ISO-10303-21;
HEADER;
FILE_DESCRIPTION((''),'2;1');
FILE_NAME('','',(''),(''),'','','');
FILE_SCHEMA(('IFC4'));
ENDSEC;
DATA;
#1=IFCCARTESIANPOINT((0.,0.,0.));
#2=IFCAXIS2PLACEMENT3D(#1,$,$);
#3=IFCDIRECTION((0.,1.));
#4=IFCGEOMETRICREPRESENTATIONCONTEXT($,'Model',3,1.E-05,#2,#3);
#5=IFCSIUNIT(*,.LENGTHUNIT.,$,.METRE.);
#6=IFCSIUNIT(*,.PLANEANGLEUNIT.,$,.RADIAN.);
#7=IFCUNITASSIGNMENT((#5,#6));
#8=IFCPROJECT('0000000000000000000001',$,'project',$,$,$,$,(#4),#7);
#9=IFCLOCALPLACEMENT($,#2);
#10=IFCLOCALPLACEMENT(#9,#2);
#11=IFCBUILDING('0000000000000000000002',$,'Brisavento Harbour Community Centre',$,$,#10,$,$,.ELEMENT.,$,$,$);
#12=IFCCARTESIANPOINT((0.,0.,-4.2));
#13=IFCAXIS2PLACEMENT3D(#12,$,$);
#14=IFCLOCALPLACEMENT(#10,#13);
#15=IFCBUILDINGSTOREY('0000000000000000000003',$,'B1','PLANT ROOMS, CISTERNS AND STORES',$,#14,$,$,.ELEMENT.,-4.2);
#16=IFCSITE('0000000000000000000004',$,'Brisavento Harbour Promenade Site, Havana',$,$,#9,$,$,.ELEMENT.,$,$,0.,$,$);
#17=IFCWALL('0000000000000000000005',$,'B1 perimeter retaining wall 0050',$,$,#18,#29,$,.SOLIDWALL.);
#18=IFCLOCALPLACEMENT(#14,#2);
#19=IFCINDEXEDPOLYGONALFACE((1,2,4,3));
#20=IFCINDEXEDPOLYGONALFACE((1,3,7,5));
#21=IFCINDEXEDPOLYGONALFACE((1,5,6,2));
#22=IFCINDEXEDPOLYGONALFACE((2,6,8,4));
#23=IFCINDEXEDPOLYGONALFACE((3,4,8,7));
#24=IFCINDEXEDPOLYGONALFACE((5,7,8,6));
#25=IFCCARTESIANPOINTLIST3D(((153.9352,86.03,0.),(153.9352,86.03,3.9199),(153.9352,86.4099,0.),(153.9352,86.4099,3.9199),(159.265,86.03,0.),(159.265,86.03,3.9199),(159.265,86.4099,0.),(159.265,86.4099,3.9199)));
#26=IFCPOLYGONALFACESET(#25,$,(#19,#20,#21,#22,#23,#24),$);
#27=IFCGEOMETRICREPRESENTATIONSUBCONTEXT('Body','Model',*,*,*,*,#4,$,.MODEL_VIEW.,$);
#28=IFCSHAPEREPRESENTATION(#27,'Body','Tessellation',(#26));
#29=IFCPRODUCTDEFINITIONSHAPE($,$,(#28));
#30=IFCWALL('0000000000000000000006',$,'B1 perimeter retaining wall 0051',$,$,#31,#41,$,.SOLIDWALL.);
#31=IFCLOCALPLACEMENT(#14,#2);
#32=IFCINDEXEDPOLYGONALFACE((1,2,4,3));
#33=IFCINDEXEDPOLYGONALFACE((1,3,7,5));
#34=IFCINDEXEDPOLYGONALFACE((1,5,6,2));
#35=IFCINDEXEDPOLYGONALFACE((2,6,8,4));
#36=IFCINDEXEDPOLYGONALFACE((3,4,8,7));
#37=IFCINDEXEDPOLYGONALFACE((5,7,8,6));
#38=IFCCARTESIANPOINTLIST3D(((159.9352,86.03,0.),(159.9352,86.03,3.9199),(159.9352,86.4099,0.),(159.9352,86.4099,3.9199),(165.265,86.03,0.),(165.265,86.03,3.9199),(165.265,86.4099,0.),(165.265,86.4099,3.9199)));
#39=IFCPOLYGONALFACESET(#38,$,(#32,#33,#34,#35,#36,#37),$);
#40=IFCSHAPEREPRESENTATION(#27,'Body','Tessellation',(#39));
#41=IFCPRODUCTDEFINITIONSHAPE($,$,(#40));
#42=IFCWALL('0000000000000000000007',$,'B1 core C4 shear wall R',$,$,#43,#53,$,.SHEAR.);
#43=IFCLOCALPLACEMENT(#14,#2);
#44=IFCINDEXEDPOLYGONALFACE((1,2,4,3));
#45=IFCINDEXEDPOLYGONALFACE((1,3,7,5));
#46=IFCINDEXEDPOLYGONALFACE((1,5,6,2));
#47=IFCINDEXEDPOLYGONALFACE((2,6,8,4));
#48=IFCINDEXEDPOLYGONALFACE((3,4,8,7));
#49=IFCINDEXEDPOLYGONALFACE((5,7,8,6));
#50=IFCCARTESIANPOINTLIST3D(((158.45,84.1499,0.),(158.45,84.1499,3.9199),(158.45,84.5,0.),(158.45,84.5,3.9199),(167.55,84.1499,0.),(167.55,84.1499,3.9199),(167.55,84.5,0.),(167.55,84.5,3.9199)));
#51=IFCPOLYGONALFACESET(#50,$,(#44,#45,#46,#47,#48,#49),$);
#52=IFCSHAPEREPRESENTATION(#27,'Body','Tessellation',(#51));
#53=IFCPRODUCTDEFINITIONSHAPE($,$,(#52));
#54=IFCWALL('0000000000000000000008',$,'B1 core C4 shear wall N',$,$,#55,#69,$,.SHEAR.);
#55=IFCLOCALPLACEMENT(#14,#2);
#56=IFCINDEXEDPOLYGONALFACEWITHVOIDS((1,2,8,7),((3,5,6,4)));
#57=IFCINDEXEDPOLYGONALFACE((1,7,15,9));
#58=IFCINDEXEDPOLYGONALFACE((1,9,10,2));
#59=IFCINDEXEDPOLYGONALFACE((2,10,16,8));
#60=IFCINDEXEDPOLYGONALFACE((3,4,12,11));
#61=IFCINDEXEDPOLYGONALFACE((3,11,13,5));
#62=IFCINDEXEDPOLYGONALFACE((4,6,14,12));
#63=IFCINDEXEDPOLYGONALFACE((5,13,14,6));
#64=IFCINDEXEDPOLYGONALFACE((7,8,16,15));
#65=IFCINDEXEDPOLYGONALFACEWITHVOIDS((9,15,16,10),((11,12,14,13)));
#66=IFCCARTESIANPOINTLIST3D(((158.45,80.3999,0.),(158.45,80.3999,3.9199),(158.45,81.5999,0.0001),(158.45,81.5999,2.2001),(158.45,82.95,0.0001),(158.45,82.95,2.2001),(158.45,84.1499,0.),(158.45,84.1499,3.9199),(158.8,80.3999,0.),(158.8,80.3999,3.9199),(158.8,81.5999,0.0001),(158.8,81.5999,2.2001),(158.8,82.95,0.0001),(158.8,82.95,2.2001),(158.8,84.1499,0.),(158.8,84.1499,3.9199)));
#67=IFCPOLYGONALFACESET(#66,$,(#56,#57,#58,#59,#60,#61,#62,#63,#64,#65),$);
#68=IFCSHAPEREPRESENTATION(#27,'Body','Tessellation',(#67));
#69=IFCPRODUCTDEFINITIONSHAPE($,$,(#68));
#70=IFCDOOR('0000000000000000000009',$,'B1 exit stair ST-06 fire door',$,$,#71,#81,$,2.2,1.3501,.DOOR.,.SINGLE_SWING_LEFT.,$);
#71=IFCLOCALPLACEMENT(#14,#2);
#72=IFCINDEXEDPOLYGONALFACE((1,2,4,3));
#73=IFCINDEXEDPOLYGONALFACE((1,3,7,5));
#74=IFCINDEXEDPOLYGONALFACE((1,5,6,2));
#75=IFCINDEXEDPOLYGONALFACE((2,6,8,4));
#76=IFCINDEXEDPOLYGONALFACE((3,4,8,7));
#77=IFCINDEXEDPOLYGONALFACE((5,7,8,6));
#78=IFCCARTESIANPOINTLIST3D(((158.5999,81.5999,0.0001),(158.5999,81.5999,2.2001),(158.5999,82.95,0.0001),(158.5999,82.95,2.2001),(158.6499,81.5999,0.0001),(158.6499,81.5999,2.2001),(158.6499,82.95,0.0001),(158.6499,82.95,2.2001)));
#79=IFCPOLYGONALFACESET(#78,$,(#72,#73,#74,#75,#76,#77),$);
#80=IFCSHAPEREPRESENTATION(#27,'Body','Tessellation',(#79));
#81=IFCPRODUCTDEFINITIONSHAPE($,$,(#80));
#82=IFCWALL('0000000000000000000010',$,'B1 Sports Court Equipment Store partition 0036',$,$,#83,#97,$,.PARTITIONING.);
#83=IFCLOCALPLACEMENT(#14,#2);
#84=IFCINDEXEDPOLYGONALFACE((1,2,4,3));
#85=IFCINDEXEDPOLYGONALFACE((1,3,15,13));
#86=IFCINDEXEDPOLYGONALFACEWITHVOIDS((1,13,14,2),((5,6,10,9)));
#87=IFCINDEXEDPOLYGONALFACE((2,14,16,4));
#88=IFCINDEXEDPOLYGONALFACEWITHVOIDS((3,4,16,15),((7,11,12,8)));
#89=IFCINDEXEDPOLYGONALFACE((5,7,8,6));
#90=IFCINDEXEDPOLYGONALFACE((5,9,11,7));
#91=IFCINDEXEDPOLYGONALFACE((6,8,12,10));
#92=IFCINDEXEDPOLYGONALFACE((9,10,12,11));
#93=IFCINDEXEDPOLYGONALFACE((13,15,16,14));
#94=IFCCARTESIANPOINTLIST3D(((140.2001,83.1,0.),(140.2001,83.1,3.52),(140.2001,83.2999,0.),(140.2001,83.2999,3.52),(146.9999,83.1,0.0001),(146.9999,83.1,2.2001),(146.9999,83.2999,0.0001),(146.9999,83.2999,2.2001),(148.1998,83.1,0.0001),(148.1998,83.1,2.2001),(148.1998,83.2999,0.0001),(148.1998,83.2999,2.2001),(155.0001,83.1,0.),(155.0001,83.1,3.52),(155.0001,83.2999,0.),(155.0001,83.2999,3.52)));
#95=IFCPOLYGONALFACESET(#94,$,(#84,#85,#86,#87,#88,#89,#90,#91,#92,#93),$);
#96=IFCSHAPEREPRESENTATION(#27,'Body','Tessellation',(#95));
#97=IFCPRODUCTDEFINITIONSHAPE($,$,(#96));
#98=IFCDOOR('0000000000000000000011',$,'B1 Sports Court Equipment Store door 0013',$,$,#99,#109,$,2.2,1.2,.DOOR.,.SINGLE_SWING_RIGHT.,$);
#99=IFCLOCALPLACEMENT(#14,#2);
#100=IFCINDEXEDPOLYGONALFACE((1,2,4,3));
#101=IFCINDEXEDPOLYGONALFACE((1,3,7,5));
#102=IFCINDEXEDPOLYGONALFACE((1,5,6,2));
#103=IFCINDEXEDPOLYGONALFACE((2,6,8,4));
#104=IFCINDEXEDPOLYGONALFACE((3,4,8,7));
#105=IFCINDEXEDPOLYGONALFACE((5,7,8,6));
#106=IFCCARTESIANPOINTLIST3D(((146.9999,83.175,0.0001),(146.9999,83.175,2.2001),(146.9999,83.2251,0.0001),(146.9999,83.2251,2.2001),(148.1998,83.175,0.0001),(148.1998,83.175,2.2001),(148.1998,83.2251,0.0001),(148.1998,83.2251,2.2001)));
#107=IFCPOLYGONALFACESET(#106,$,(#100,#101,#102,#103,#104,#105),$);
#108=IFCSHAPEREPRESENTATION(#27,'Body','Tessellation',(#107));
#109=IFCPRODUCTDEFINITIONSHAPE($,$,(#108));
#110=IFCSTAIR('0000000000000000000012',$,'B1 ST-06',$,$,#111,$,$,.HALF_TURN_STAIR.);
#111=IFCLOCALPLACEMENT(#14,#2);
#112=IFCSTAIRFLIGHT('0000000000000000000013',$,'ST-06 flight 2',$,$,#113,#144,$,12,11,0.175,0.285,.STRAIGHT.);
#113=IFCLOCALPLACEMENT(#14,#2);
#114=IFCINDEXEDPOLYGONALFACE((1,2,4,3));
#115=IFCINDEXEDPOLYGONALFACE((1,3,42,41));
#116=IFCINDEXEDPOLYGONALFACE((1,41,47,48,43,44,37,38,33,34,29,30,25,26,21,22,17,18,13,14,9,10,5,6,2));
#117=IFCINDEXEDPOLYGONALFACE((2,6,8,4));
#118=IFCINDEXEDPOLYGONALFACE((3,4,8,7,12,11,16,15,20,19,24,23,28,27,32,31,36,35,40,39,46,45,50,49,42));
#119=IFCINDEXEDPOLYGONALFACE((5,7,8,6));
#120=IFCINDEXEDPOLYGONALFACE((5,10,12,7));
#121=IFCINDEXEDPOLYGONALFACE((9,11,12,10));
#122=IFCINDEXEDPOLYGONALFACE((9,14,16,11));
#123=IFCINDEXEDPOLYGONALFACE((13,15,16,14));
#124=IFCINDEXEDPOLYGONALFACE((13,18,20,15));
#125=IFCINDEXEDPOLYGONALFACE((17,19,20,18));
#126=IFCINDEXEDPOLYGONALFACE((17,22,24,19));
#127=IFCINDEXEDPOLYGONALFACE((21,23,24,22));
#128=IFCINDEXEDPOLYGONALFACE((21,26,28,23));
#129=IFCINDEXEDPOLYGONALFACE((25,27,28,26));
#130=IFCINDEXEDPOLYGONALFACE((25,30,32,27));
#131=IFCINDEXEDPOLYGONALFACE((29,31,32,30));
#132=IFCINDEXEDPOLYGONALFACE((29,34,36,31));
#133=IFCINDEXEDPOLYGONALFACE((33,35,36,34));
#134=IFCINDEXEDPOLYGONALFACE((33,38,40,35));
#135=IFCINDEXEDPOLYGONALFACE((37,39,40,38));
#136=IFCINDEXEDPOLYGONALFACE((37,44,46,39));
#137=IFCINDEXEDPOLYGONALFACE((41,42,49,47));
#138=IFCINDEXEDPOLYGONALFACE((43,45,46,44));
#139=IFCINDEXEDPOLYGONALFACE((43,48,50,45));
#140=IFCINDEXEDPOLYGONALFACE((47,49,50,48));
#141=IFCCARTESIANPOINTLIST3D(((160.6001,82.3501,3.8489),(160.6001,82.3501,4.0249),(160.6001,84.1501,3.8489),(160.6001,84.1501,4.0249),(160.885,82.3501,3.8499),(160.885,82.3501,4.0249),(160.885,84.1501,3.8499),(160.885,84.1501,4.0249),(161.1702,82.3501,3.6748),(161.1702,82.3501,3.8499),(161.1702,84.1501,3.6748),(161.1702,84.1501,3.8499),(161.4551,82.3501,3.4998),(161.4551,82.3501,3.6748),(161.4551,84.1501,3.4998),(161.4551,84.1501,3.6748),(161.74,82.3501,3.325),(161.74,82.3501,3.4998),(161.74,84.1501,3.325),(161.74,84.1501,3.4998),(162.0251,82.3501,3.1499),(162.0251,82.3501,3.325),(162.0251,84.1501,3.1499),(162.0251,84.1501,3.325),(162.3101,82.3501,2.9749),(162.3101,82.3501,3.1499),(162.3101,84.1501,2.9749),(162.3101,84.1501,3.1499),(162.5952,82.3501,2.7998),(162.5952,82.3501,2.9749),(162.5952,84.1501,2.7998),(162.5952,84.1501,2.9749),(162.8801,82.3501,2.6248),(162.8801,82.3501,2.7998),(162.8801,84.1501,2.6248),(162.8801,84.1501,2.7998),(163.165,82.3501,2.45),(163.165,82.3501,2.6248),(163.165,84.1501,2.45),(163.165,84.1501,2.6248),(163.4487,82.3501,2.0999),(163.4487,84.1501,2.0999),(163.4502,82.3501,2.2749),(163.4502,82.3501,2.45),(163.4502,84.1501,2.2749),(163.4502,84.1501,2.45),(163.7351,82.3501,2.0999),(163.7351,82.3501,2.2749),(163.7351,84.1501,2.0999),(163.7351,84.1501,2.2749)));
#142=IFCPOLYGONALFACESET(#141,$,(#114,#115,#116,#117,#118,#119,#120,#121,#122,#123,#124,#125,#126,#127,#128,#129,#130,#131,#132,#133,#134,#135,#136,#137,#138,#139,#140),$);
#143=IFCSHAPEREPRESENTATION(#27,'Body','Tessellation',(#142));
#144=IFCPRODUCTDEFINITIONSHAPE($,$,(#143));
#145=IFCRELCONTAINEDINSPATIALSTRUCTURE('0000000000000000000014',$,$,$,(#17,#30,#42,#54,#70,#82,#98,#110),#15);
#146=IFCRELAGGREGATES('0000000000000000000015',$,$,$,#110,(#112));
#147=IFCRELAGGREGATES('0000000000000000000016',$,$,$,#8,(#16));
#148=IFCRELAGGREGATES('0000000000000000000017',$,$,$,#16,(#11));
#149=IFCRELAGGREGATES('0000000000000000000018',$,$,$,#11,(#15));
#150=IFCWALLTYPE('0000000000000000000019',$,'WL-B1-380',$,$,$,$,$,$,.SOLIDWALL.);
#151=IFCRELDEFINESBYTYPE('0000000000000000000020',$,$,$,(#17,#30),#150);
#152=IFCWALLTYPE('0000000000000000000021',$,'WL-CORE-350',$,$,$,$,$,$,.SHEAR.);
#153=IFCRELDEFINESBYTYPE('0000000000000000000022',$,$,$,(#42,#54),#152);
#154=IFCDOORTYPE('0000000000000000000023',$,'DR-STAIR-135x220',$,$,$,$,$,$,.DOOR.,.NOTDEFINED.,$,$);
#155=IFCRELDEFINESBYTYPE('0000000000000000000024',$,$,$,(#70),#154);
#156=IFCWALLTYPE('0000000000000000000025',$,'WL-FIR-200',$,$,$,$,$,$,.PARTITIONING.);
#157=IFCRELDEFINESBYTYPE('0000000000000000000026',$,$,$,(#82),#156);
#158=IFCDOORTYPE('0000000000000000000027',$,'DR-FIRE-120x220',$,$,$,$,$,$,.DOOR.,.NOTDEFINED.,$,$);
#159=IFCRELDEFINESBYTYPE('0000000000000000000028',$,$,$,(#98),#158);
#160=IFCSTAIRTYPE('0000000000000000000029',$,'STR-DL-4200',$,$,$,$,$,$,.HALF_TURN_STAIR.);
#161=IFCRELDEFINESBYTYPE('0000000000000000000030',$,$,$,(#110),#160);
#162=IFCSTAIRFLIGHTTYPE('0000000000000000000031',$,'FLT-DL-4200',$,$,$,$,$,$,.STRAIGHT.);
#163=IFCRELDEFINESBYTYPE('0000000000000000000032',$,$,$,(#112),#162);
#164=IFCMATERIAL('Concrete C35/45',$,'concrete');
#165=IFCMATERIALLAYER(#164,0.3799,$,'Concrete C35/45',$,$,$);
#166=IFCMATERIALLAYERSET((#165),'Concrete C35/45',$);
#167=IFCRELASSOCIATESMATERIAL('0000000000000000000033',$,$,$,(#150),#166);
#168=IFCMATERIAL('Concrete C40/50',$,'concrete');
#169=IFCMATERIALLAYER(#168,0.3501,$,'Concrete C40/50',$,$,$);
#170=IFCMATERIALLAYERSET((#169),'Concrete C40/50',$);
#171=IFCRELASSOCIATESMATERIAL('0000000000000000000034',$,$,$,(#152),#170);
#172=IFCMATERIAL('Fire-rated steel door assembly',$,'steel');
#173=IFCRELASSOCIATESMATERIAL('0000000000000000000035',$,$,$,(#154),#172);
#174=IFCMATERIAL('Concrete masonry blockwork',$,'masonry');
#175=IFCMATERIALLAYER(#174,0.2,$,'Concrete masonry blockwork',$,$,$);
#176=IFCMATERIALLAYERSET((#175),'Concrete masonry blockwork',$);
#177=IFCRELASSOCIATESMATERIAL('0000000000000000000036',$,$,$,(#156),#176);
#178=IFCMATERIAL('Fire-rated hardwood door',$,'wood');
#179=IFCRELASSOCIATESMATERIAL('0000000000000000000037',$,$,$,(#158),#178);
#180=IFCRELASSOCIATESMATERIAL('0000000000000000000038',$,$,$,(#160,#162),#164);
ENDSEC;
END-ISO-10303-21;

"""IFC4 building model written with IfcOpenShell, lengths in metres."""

from ifc_helpers import new_model, si_unit, direction, frame, frame_2d, origin, place, context, subcontext, project, spatial, polyline, rectangle, outline, extrude, material, layer, layer_set, type_object, element, fill, aggregate, save


model = new_model("IFC4")

# Units and contexts
model_context = context("Model", 3, precision=1e-05, world=origin(), true_north=direction((0.0, 1.0)))
body_context = subcontext(model_context, "Body", "Model", "MODEL_VIEW")
ifc_project = project(units=[si_unit("LENGTHUNIT", "METRE"), si_unit("PLANEANGLEUNIT", "RADIAN")], contexts=[model_context])

# Site, building, storey
site_placement = place(None, origin())
site = spatial("IfcSite", under=ifc_project, at=site_placement, Name="Brisavento Harbour Promenade Site, Havana", CompositionType="ELEMENT", RefElevation=0.0)
building_placement = place(site_placement, origin())
building = spatial("IfcBuilding", under=site, at=building_placement, Name="Brisavento Harbour Community Centre", CompositionType="ELEMENT")
storey_placement = place(building_placement, frame((0.0, 0.0, -4.2)))
storey = spatial("IfcBuildingStorey", under=building, at=storey_placement, Name="B1", Description="PLANT ROOMS, CISTERNS AND STORES", CompositionType="ELEMENT", Elevation=-4.2)

# Shared definitions
ifc_material_1 = material(Name="Concrete C35/45", Category="concrete")

# Shared definitions
ifc_material_2 = material(Name="Concrete C40/50", Category="concrete")

# Walls
ifc_layer_1 = layer(ifc_material_1, 0.3799, Name="Concrete C35/45")
ifc_layer_set_1 = layer_set([ifc_layer_1], Name="Concrete C35/45")
wall_type_1 = type_object("IfcWallType", Name="WL-B1-380", PredefinedType="SOLIDWALL", material=ifc_layer_set_1)
for number, where, z_axis, x_axis, name in (
    (1, (153.9351, 86.22, 0.0), (0.0, 0.0, 1.0), (1.0, 0.0, 0.0), "B1 perimeter retaining wall 0050"),
    (2, (159.9351, 86.22, 0.0), (0.0, 0.0, 1.0), (1.0, 0.0, 0.0), "B1 perimeter retaining wall 0051"),
):
    element("IfcWall", number, at=place(storey_placement, frame(where, z_axis=z_axis, x_axis=x_axis)), inside=storey, type_object=wall_type_1, Name=name, PredefinedType="SOLIDWALL", context=body_context, shape_type="SweptSolid", body=[
        extrude(rectangle(XDim=5.3298, YDim=0.3799, at=frame_2d((2.665, 0.0))), origin(), (0.0, 0.0, 1.0), 3.9199),
    ])
ifc_layer_2 = layer(ifc_material_2, 0.3501, Name="Concrete C40/50")
ifc_layer_set_2 = layer_set([ifc_layer_2], Name="Concrete C40/50")
wall_type_2 = type_object("IfcWallType", Name="WL-CORE-350", PredefinedType="SHEAR", material=ifc_layer_set_2)
wall_1_placement = place(storey_placement, frame((167.55, 84.325, 0.0), z_axis=(0.0, 0.0, 1.0), x_axis=(-1.0, 0.0, 0.0)))
element("IfcWall", 3, at=wall_1_placement, inside=storey, type_object=wall_type_2, Name="B1 core C4 shear wall R", PredefinedType="SHEAR", context=body_context, shape_type="SweptSolid", body=[
    extrude(rectangle(XDim=9.1001, YDim=0.3501, at=frame_2d((4.55, 0.0))), origin(), (0.0, 0.0, 1.0), 3.9199),
])

# Walls, openings, doors
wall_2_placement = place(storey_placement, frame((158.625, 84.1499, 0.0), z_axis=(0.0, 0.0, 1.0), x_axis=(0.0, -1.0, 0.0)))
wall_2 = element("IfcWall", 4, at=wall_2_placement, inside=storey, type_object=wall_type_2, Name="B1 core C4 shear wall N", PredefinedType="SHEAR", context=body_context, shape_type="SweptSolid", body=[
    extrude(rectangle(XDim=3.75, YDim=0.3501, at=frame_2d((1.875, 0.0))), origin(), (0.0, 0.0, 1.0), 3.9199),
])
opening_1_placement = place(wall_2_placement, frame((1.2, 0.0, 0.0)))
opening_1 = element("IfcOpeningElement", 5, at=opening_1_placement, cuts=wall_2, PredefinedType="OPENING", context=body_context, shape_type="SweptSolid", body=[
    extrude(rectangle(XDim=1.3501, YDim=2.2, at=frame_2d((0.675, 1.1001))), frame((0.0, 0.1851, 0.0), z_axis=(0.0, -1.0, 0.0), x_axis=(1.0, 0.0, 0.0)), (0.0, 0.0, 1.0), 0.3701),
])
ifc_material_3 = material(Name="Fire-rated steel door assembly", Category="steel")
door_type_1 = type_object("IfcDoorType", Name="DR-STAIR-135x220", OperationType="NOTDEFINED", PredefinedType="DOOR", material=ifc_material_3)
door_1_placement = place(opening_1_placement, origin())
door_1 = element("IfcDoor", 6, at=door_1_placement, inside=storey, type_object=door_type_1, Name="B1 exit stair ST-06 fire door", OperationType="SINGLE_SWING_LEFT", OverallHeight=2.2, OverallWidth=1.3501, PredefinedType="DOOR", context=body_context, shape_type="SweptSolid", body=[
    extrude(rectangle(XDim=1.3501, YDim=2.2, at=frame_2d((0.675, 1.1001))), frame((0.0, 0.0249, 0.0), z_axis=(0.0, -1.0, 0.0), x_axis=(1.0, 0.0, 0.0)), (0.0, 0.0, 1.0), 0.05),
])
fill(opening_1, door_1)
ifc_material_4 = material(Name="Concrete masonry blockwork", Category="masonry")
ifc_layer_3 = layer(ifc_material_4, 0.2, Name="Concrete masonry blockwork")
ifc_layer_set_3 = layer_set([ifc_layer_3], Name="Concrete masonry blockwork")
wall_type_3 = type_object("IfcWallType", Name="WL-FIR-200", PredefinedType="PARTITIONING", material=ifc_layer_set_3)
wall_3_placement = place(storey_placement, frame((155.0, 83.2, 0.0), z_axis=(0.0, 0.0, 1.0), x_axis=(-1.0, 0.0, 0.0)))
wall_3 = element("IfcWall", 7, at=wall_3_placement, inside=storey, type_object=wall_type_3, Name="B1 Sports Court Equipment Store partition 0036", PredefinedType="PARTITIONING", context=body_context, shape_type="SweptSolid", body=[
    extrude(rectangle(XDim=14.8, YDim=0.2, at=frame_2d((7.3999, 0.0))), origin(), (0.0, 0.0, 1.0), 3.52),
])
opening_2_placement = place(wall_3_placement, frame((6.8, 0.0, 0.0)))
opening_2 = element("IfcOpeningElement", 8, at=opening_2_placement, cuts=wall_3, PredefinedType="OPENING", context=body_context, shape_type="SweptSolid", body=[
    extrude(rectangle(XDim=1.2, YDim=2.2, at=frame_2d((0.6001, 1.1001))), frame((0.0, 0.1099, 0.0), z_axis=(0.0, -1.0, 0.0), x_axis=(1.0, 0.0, 0.0)), (0.0, 0.0, 1.0), 0.22),
])
ifc_material_5 = material(Name="Fire-rated hardwood door", Category="wood")
door_type_2 = type_object("IfcDoorType", Name="DR-FIRE-120x220", OperationType="NOTDEFINED", PredefinedType="DOOR", material=ifc_material_5)
door_2_placement = place(opening_2_placement, origin())
door_2 = element("IfcDoor", 9, at=door_2_placement, inside=storey, type_object=door_type_2, Name="B1 Sports Court Equipment Store door 0013", OperationType="SINGLE_SWING_RIGHT", OverallHeight=2.2, OverallWidth=1.2, PredefinedType="DOOR", context=body_context, shape_type="SweptSolid", body=[
    extrude(rectangle(XDim=1.2, YDim=2.2, at=frame_2d((0.6001, 1.1001))), frame((0.0, 0.0249, 0.0), z_axis=(0.0, -1.0, 0.0), x_axis=(1.0, 0.0, 0.0)), (0.0, 0.0, 1.0), 0.05),
])
fill(opening_2, door_2)

# Stair, stair flight
stair_type = type_object("IfcStairType", Name="STR-DL-4200", PredefinedType="HALF_TURN_STAIR", material=ifc_material_1)
stair_placement = place(storey_placement, origin())
stair = element("IfcStair", 10, at=stair_placement, inside=storey, type_object=stair_type, Name="B1 ST-06", PredefinedType="HALF_TURN_STAIR")
stair_flight_type = type_object("IfcStairFlightType", Name="FLT-DL-4200", PredefinedType="STRAIGHT", material=ifc_material_1)
stair_flight_placement = place(storey_placement, frame((163.7351, 83.25, 2.0999), z_axis=(0.0, 0.0, 1.0), x_axis=(-1.0, 0.0, 0.0)))
stair_flight = element("IfcStairFlight", 11, at=stair_flight_placement, type_object=stair_flight_type, Name="ST-06 flight 2", NumberOfRisers=12, NumberOfTreads=11, PredefinedType="STRAIGHT", RiserHeight=0.175, TreadLength=0.285, context=body_context, shape_type="SweptSolid", body=[
    extrude(outline(polyline([(0.0, 0.0), (0.0, 0.175), (0.2849, 0.175), (0.2849, 0.3501), (0.5701, 0.3501), (0.5701, 0.5249), (0.855, 0.5249), (0.855, 0.7), (1.1399, 0.7), (1.1399, 0.875), (1.425, 0.875), (1.425, 1.05), (1.71, 1.05), (1.71, 1.2251), (1.9951, 1.2251), (1.9951, 1.3999), (2.28, 1.3999), (2.28, 1.575), (2.5649, 1.575), (2.5649, 1.75), (2.8501, 1.75), (2.8501, 1.925), (3.135, 1.925), (3.135, 2.1001), (3.135, 1.749), (0.2864, 0.0), (0.0, 0.0)])), frame((0.0, 0.8999, 0.0), z_axis=(0.0, -1.0, 0.0), x_axis=(1.0, 0.0, 0.0)), (0.0, 0.0, 1.0), 1.8),
])
aggregate(stair, [stair_flight])

save(model, "model.ifc")
